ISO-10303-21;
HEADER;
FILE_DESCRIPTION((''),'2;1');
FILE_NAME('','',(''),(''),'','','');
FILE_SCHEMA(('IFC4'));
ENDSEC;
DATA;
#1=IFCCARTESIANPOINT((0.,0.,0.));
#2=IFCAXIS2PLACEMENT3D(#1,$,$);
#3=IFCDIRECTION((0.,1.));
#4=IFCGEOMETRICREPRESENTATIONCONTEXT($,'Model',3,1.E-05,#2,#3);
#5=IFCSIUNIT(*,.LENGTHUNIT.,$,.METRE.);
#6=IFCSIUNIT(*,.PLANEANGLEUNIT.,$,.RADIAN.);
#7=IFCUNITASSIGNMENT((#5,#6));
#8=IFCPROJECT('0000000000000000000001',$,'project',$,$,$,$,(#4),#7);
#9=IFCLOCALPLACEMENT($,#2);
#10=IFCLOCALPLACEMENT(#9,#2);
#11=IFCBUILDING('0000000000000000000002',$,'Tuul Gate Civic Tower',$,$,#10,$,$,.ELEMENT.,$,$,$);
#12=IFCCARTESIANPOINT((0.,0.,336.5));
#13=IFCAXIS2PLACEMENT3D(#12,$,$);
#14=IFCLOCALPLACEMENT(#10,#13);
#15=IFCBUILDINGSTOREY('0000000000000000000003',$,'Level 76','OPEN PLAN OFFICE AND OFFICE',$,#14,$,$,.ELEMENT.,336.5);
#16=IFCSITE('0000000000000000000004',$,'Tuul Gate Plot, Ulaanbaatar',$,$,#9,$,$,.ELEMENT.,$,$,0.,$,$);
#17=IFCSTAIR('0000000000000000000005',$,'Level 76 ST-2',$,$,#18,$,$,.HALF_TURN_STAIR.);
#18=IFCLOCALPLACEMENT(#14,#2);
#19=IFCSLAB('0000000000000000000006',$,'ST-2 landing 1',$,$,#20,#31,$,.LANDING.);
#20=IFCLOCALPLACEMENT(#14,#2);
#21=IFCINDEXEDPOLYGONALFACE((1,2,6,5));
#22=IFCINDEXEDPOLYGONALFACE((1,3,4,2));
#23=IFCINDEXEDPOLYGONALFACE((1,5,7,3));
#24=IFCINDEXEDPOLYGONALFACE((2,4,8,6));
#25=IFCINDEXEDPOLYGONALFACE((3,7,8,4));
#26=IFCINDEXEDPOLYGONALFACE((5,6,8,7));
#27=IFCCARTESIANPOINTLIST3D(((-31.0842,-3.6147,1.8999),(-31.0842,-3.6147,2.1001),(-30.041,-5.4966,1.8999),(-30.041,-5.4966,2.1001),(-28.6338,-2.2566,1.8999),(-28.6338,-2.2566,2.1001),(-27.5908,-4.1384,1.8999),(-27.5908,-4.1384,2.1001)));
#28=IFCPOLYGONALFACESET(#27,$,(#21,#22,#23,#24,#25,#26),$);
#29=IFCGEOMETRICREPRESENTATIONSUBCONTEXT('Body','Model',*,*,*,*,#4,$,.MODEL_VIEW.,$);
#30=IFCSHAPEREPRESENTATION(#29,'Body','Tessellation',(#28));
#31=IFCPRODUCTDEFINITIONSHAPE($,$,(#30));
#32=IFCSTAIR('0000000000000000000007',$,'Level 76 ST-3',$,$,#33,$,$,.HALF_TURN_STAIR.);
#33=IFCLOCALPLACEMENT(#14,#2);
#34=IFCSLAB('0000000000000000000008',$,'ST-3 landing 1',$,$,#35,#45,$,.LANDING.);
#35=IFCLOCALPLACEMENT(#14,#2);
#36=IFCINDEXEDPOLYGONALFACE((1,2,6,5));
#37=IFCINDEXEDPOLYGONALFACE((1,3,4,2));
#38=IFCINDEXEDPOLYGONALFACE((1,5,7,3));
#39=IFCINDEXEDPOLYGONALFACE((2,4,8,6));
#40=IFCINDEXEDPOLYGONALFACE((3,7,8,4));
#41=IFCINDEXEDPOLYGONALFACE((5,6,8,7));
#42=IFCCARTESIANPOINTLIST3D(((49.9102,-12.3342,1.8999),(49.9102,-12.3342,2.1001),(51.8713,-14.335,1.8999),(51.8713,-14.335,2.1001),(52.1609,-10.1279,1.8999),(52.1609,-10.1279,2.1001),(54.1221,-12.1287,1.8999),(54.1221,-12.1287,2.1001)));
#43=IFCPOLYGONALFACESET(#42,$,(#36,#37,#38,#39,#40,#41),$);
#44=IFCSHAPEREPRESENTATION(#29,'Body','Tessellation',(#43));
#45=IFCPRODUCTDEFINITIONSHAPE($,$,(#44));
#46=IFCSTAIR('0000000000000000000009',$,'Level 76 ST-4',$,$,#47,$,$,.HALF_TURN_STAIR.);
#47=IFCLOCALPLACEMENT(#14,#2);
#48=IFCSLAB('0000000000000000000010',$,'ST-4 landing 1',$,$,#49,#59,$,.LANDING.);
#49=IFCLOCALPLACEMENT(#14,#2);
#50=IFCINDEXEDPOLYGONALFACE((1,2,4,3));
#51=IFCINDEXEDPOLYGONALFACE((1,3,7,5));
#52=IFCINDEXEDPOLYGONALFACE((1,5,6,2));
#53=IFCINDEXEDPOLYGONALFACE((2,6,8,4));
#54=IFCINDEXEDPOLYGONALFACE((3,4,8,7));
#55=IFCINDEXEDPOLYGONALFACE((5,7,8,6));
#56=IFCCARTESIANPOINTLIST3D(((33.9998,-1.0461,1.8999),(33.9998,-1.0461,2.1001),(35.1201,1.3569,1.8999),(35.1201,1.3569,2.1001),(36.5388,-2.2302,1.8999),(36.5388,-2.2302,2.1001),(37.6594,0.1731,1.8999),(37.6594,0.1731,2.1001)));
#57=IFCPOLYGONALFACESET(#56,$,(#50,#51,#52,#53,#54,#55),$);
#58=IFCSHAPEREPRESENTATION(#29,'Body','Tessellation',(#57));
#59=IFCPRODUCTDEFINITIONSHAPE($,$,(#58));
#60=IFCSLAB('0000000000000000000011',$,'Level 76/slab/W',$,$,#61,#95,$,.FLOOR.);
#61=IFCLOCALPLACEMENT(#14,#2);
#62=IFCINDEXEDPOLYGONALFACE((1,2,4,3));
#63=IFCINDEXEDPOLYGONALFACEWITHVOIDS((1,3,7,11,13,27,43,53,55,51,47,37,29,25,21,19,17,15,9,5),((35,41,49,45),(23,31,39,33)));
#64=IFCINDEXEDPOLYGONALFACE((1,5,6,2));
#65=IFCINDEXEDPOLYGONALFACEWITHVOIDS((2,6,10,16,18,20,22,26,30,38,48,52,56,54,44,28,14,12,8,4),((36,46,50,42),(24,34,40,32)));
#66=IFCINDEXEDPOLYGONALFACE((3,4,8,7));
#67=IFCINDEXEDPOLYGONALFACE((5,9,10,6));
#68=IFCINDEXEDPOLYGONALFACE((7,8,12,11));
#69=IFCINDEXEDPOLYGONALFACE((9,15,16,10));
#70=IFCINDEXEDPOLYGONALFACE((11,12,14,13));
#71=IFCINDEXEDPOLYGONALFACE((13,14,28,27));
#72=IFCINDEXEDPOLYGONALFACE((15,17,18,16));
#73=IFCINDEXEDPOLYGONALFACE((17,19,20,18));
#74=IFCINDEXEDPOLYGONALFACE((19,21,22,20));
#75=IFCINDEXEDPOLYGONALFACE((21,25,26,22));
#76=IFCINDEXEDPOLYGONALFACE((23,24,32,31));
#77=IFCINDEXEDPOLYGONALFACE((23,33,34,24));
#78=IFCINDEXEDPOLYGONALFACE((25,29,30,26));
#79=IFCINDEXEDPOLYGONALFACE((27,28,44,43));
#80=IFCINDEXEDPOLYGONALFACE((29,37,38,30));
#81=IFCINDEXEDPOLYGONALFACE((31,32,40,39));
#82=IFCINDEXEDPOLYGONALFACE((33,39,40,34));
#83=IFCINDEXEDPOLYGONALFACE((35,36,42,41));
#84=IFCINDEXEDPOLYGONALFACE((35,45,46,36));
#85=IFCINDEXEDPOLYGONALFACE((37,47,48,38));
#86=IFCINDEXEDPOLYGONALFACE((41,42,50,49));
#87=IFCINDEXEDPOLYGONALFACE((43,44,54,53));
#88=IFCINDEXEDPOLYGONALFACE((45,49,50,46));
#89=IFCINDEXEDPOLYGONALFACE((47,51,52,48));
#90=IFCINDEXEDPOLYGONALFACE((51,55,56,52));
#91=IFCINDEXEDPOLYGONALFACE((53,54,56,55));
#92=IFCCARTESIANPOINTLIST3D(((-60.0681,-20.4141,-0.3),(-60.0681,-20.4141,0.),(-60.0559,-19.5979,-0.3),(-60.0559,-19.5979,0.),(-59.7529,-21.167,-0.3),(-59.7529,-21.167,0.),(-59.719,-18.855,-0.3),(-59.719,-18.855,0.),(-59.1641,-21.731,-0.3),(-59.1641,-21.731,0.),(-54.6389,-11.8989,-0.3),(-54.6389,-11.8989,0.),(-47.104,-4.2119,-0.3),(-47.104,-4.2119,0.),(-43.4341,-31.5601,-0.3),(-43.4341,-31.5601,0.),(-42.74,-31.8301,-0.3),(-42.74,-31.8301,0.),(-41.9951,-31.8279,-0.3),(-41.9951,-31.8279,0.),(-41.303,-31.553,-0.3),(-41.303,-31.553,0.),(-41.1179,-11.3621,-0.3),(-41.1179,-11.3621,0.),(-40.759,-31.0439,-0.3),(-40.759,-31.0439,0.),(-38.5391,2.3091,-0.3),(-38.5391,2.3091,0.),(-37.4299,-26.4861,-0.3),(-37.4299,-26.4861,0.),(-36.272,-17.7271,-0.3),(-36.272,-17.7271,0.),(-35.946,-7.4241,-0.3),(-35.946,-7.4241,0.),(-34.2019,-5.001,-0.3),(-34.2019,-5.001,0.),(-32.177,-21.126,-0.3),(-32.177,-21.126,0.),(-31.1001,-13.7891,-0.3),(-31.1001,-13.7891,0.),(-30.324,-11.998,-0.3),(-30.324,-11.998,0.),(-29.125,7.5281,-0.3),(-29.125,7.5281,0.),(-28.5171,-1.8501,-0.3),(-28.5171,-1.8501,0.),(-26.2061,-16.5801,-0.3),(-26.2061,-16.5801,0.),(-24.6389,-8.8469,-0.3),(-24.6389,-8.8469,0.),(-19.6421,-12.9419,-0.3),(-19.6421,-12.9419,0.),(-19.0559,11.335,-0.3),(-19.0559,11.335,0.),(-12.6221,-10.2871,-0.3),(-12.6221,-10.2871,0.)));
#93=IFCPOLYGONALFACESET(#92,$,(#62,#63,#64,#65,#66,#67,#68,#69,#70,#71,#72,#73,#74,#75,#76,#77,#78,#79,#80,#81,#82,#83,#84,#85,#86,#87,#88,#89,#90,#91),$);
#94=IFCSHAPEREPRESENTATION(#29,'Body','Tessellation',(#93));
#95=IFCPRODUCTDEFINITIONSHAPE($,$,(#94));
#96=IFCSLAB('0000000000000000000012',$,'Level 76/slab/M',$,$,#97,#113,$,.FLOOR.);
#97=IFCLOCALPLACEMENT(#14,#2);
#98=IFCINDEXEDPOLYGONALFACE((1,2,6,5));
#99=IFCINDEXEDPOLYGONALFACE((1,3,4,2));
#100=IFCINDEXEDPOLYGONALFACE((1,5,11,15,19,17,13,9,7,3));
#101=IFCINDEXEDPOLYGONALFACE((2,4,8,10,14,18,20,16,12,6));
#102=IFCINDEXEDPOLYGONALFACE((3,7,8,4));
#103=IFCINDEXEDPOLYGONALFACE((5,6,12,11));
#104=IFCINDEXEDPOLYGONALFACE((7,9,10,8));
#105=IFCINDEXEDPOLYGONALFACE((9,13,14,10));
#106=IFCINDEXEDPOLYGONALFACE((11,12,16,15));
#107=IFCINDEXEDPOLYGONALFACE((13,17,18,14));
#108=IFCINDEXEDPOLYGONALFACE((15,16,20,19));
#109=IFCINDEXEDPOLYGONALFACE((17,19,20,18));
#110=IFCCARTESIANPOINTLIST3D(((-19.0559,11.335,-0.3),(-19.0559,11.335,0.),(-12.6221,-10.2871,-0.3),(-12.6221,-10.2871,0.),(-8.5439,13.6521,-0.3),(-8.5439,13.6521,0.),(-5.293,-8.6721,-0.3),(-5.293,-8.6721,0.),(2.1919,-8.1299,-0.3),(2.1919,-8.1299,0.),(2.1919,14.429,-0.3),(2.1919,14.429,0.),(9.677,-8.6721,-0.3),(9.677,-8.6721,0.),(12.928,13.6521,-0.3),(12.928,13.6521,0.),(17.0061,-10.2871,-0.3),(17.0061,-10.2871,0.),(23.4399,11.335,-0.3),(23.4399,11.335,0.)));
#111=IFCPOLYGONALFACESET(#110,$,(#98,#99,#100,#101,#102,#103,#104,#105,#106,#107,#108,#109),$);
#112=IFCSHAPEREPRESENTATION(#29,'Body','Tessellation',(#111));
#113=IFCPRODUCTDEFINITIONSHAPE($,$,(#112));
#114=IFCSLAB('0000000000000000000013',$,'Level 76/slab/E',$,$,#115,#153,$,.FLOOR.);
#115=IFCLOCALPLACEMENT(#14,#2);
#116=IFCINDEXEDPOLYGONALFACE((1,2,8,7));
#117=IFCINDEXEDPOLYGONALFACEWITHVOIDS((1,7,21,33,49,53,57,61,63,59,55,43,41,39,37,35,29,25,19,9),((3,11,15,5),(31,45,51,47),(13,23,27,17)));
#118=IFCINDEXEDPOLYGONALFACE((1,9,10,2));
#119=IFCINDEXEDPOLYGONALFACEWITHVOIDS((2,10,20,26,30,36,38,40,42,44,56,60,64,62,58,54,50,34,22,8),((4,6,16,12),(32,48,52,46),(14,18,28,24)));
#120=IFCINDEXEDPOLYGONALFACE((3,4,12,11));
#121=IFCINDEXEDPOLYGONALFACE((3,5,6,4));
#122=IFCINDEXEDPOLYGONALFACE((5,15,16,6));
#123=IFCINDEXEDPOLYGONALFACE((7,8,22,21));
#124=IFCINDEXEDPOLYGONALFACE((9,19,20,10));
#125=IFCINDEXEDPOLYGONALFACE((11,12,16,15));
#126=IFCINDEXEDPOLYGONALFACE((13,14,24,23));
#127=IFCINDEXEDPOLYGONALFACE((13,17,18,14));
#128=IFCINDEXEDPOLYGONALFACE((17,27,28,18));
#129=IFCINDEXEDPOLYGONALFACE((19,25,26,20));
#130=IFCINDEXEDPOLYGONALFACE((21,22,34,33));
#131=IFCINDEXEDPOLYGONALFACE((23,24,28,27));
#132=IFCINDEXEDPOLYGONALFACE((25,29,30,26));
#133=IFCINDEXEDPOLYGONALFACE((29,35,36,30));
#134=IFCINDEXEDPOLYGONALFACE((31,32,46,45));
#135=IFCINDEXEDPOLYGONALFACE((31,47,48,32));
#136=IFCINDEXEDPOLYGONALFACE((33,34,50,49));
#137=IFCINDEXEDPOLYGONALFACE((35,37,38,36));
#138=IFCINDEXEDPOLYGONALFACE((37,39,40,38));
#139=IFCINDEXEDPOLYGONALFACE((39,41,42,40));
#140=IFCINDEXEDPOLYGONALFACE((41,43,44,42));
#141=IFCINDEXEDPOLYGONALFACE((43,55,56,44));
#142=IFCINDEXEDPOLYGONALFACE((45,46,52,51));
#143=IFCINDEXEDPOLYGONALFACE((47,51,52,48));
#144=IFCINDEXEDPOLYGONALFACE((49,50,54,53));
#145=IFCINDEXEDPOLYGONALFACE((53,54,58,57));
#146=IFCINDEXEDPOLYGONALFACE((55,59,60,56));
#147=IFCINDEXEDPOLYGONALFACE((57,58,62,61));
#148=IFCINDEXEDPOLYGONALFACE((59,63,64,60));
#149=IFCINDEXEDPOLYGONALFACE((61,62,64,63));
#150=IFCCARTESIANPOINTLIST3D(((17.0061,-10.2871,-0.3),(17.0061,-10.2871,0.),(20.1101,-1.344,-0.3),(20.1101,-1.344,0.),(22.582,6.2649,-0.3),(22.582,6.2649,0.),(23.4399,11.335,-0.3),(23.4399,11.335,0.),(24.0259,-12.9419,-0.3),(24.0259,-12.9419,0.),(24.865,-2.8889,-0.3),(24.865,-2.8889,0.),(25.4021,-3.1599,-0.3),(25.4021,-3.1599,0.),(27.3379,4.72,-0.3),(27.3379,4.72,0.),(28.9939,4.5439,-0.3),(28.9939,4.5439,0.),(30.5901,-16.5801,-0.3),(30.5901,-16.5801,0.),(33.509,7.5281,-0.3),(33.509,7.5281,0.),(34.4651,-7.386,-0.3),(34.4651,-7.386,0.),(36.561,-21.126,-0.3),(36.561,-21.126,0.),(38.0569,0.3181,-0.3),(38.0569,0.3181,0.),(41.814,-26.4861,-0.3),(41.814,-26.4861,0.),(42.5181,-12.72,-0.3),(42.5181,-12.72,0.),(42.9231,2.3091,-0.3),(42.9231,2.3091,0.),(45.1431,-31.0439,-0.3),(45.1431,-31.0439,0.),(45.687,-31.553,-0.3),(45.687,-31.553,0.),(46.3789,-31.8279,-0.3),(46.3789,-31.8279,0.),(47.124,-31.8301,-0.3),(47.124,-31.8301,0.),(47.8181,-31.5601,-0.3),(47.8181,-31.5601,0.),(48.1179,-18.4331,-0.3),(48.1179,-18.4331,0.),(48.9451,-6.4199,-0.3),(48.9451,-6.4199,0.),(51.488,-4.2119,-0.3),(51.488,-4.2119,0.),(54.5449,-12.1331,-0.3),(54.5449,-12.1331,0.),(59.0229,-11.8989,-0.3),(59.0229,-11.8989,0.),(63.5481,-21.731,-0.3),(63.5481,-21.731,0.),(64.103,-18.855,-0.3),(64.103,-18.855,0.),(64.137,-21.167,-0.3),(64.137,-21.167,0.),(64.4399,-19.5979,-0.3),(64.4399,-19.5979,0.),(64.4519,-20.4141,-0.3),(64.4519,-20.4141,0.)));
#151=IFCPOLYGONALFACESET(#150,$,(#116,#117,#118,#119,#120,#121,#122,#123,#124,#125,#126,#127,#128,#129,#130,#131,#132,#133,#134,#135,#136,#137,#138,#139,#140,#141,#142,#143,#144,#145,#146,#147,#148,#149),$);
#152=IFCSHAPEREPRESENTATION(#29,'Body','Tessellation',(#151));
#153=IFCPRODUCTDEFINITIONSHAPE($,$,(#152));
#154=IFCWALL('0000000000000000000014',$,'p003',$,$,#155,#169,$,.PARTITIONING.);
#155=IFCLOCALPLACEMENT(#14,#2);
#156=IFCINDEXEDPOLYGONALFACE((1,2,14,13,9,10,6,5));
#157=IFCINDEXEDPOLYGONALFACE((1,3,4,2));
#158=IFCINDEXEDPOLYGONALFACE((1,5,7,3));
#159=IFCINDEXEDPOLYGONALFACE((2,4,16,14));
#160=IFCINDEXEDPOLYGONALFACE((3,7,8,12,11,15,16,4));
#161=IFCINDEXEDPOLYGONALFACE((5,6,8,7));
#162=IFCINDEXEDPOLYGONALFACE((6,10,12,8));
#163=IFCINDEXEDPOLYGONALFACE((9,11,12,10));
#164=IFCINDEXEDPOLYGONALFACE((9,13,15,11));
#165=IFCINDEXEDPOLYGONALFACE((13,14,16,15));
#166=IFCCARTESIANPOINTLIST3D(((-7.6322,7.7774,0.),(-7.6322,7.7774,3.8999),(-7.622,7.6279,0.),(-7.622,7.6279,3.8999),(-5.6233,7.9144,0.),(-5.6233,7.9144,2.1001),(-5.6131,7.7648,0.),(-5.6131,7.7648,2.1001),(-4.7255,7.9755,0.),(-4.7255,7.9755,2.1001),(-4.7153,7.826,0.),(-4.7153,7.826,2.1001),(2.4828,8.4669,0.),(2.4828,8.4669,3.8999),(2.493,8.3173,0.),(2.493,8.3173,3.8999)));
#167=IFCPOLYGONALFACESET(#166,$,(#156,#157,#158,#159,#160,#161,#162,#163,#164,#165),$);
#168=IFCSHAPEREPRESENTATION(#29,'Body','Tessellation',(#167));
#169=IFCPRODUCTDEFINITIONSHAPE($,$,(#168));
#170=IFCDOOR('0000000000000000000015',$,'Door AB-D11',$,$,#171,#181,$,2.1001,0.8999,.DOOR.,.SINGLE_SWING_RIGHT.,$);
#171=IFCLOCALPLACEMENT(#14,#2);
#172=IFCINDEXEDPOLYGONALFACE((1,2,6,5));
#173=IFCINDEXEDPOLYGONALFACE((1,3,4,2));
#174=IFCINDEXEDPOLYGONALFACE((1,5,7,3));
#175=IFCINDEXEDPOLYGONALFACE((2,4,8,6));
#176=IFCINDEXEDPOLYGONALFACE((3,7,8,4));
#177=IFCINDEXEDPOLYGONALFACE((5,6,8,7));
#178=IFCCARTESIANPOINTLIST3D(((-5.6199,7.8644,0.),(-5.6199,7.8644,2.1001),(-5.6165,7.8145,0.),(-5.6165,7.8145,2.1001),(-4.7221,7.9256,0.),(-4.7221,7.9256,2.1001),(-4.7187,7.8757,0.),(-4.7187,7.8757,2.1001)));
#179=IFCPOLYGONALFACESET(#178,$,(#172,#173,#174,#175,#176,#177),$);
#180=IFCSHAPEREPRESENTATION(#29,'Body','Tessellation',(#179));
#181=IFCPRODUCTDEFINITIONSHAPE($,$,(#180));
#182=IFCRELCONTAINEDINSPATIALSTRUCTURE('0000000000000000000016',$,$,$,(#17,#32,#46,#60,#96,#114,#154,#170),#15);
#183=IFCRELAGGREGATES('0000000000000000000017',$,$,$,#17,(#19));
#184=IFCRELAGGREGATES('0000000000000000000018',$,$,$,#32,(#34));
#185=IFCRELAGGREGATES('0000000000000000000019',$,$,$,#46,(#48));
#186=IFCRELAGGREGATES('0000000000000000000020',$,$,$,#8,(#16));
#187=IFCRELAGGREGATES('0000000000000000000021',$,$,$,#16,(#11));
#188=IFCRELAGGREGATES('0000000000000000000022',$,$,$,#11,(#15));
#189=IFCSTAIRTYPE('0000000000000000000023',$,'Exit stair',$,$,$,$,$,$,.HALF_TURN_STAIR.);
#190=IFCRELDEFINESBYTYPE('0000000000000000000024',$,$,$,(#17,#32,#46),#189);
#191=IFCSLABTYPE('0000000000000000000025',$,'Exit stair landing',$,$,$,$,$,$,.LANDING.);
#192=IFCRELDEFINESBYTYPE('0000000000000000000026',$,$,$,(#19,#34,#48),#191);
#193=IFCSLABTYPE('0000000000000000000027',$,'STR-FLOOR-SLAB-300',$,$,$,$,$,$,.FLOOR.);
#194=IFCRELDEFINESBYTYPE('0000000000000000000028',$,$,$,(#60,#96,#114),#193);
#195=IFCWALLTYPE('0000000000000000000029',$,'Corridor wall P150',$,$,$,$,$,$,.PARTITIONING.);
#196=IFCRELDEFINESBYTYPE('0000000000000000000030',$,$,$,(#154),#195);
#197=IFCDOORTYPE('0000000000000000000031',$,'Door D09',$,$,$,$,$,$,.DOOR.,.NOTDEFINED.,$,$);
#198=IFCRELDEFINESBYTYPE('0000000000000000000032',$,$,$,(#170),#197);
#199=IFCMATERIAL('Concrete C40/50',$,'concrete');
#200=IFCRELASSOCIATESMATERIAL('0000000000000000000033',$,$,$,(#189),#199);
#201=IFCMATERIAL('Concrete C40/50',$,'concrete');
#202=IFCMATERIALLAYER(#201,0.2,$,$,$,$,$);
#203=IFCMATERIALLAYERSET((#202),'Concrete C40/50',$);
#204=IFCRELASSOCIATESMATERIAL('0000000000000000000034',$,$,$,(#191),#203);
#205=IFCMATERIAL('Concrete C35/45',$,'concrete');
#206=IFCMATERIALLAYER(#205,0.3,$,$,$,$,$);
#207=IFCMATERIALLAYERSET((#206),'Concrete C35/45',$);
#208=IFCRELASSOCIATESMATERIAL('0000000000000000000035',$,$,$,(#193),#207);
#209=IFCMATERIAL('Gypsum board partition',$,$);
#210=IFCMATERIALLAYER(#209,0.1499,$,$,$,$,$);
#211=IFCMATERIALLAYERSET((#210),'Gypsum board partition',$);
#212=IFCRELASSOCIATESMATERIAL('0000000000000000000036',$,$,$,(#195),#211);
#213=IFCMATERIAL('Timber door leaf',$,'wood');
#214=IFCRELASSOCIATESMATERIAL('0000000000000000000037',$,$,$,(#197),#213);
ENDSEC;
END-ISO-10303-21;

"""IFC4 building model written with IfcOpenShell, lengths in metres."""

from ifc_helpers import new_model, si_unit, direction, frame, frame_2d, origin, place, context, subcontext, project, spatial, polyline, rectangle, outline, extrude, material, layer, layer_set, type_object, element, fill, aggregate, save


model = new_model("IFC4")

# Units and contexts
model_context = context("Model", 3, precision=1e-05, world=origin(), true_north=direction((0.0, 1.0)))
body_context = subcontext(model_context, "Body", "Model", "MODEL_VIEW")
ifc_project = project(units=[si_unit("LENGTHUNIT", "METRE"), si_unit("PLANEANGLEUNIT", "RADIAN")], contexts=[model_context])

# Site, building, storey
site_placement = place(None, origin())
site = spatial("IfcSite", under=ifc_project, at=site_placement, Name="Tuul Gate Plot, Ulaanbaatar", CompositionType="ELEMENT", RefElevation=0.0)
building_placement = place(site_placement, origin())
building = spatial("IfcBuilding", under=site, at=building_placement, Name="Tuul Gate Civic Tower", CompositionType="ELEMENT")
storey_placement = place(building_placement, frame((0.0, 0.0, 336.5)))
storey = spatial("IfcBuildingStorey", under=building, at=storey_placement, Name="Level 76", Description="OPEN PLAN OFFICE AND OFFICE", CompositionType="ELEMENT", Elevation=336.5)

# Stairs, slabs
ifc_material_1 = material(Name="Concrete C40/50", Category="concrete")
stair_type = type_object("IfcStairType", Name="Exit stair", PredefinedType="HALF_TURN_STAIR", material=ifc_material_1)
ifc_material_2 = material(Name="Concrete C40/50", Category="concrete")
ifc_layer_1 = layer(ifc_material_2, 0.2)
ifc_layer_set_1 = layer_set([ifc_layer_1], Name="Concrete C40/50")
slab_type_1 = type_object("IfcSlabType", Name="Exit stair landing", PredefinedType="LANDING", material=ifc_layer_set_1)
stair_1_placement = place(storey_placement, origin())
stair_1 = element("IfcStair", 1, at=stair_1_placement, inside=storey, type_object=stair_type, Name="Level 76 ST-2", PredefinedType="HALF_TURN_STAIR")
slab_1_placement = place(storey_placement, frame((0.0, 0.0, 1.8999)))
slab_1 = element("IfcSlab", 2, at=slab_1_placement, type_object=slab_type_1, Name="ST-2 landing 1", PredefinedType="LANDING", context=body_context, shape_type="SweptSolid", body=[
    extrude(outline(polyline([(-27.5908, -4.1384), (-30.041, -5.4966), (-31.0842, -3.6147), (-28.6338, -2.2566), (-27.5908, -4.1384)])), origin(), (0.0, 0.0, 1.0), 0.2002),
])
aggregate(stair_1, [slab_1])
stair_2_placement = place(storey_placement, origin())
stair_2 = element("IfcStair", 3, at=stair_2_placement, inside=storey, type_object=stair_type, Name="Level 76 ST-3", PredefinedType="HALF_TURN_STAIR")
slab_2_placement = place(storey_placement, frame((0.0, 0.0, 1.8999)))
slab_2 = element("IfcSlab", 4, at=slab_2_placement, type_object=slab_type_1, Name="ST-3 landing 1", PredefinedType="LANDING", context=body_context, shape_type="SweptSolid", body=[
    extrude(outline(polyline([(51.8713, -14.335), (49.9102, -12.3342), (52.1609, -10.1279), (54.1221, -12.1287), (51.8713, -14.335)])), origin(), (0.0, 0.0, 1.0), 0.2002),
])
aggregate(stair_2, [slab_2])
stair_3_placement = place(storey_placement, origin())
stair_3 = element("IfcStair", 5, at=stair_3_placement, inside=storey, type_object=stair_type, Name="Level 76 ST-4", PredefinedType="HALF_TURN_STAIR")
slab_3_placement = place(storey_placement, frame((0.0, 0.0, 1.8999)))
slab_3 = element("IfcSlab", 6, at=slab_3_placement, type_object=slab_type_1, Name="ST-4 landing 1", PredefinedType="LANDING", context=body_context, shape_type="SweptSolid", body=[
    extrude(outline(polyline([(36.5388, -2.2302), (33.9998, -1.0461), (35.1201, 1.3569), (37.6594, 0.1731), (36.5388, -2.2302)])), origin(), (0.0, 0.0, 1.0), 0.2002),
])
aggregate(stair_3, [slab_3])

# Slabs
ifc_material_3 = material(Name="Concrete C35/45", Category="concrete")
ifc_layer_2 = layer(ifc_material_3, 0.3)
ifc_layer_set_2 = layer_set([ifc_layer_2], Name="Concrete C35/45")
slab_type_2 = type_object("IfcSlabType", Name="STR-FLOOR-SLAB-300", PredefinedType="FLOOR", material=ifc_layer_set_2)
slab_4_placement = place(storey_placement, frame((0.0, 0.0, -0.3)))
element("IfcSlab", 7, at=slab_4_placement, inside=storey, type_object=slab_type_2, Name="Level 76/slab/W", PredefinedType="FLOOR", context=body_context, shape_type="SweptSolid", body=[
    extrude(outline(polyline([(-19.6421, -12.9419), (-12.6221, -10.2871), (-19.0559, 11.335), (-29.125, 7.5281), (-38.5391, 2.3091), (-47.104, -4.2119), (-54.6389, -11.8989), (-59.719, -18.855), (-60.0559, -19.5979), (-60.0681, -20.4141), (-59.7529, -21.167), (-59.1641, -21.731), (-43.4341, -31.5601), (-42.74, -31.8301), (-41.9951, -31.8279), (-41.303, -31.553), (-40.759, -31.0439), (-37.4299, -26.4861), (-32.177, -21.126), (-26.2061, -16.5801), (-19.6421, -12.9419)]), holes=[polyline([(-31.1001, -13.7891), (-36.272, -17.7271), (-41.1179, -11.3621), (-35.946, -7.4241), (-31.1001, -13.7891)]), polyline([(-24.6389, -8.8469), (-30.324, -11.998), (-34.2019, -5.001), (-28.5171, -1.8501), (-24.6389, -8.8469)])]), origin(), (0.0, 0.0, 1.0), 0.3),
])
slab_5_placement = place(storey_placement, frame((0.0, 0.0, -0.3)))
element("IfcSlab", 8, at=slab_5_placement, inside=storey, type_object=slab_type_2, Name="Level 76/slab/M", PredefinedType="FLOOR", context=body_context, shape_type="SweptSolid", body=[
    extrude(outline(polyline([(17.0061, -10.2871), (23.4399, 11.335), (12.928, 13.6521), (2.1919, 14.429), (-8.5439, 13.6521), (-19.0559, 11.335), (-12.6221, -10.2871), (-5.293, -8.6721), (2.1919, -8.1299), (9.677, -8.6721), (17.0061, -10.2871)])), origin(), (0.0, 0.0, 1.0), 0.3),
])
slab_6_placement = place(storey_placement, frame((0.0, 0.0, -0.3)))
element("IfcSlab", 9, at=slab_6_placement, inside=storey, type_object=slab_type_2, Name="Level 76/slab/E", PredefinedType="FLOOR", context=body_context, shape_type="SweptSolid", body=[
    extrude(outline(polyline([(47.124, -31.8301), (47.8181, -31.5601), (63.5481, -21.731), (64.137, -21.167), (64.4519, -20.4141), (64.4399, -19.5979), (64.103, -18.855), (59.0229, -11.8989), (51.488, -4.2119), (42.9231, 2.3091), (33.509, 7.5281), (23.4399, 11.335), (17.0061, -10.2871), (24.0259, -12.9419), (30.5901, -16.5801), (36.561, -21.126), (41.814, -26.4861), (45.1431, -31.0439), (45.687, -31.553), (46.3789, -31.8279), (47.124, -31.8301)]), holes=[polyline([(48.1179, -18.4331), (42.5181, -12.72), (48.9451, -6.4199), (54.5449, -12.1331), (48.1179, -18.4331)]), polyline([(25.4021, -3.1599), (28.9939, 4.5439), (38.0569, 0.3181), (34.4651, -7.386), (25.4021, -3.1599)]), polyline([(20.1101, -1.344), (22.582, 6.2649), (27.3379, 4.72), (24.865, -2.8889), (20.1101, -1.344)])]), origin(), (0.0, 0.0, 1.0), 0.3),
])

# Wall, opening, door
ifc_material_4 = material(Name="Gypsum board partition")
ifc_layer_3 = layer(ifc_material_4, 0.1499)
ifc_layer_set_3 = layer_set([ifc_layer_3], Name="Gypsum board partition")
wall_type_1 = type_object("IfcWallType", Name="Corridor wall P150", PredefinedType="PARTITIONING", material=ifc_layer_set_3)
wall_1_placement = place(storey_placement, frame((-7.6272, 7.7026, 0.0), z_axis=(0.0, 0.0, 1.0), x_axis=(0.997685, 0.068004, 0.0)))
wall_1 = element("IfcWall", 10, at=wall_1_placement, inside=storey, type_object=wall_type_1, Name="p003", PredefinedType="PARTITIONING", context=body_context, shape_type="SweptSolid", body=[
    extrude(rectangle(XDim=10.1384, YDim=0.1499, at=frame_2d((5.0693, 0.0))), origin(), (0.0, 0.0, 1.0), 3.8999),
])
opening_placement = place(wall_1_placement, frame((2.0137, 0.0, 0.0)))
opening = element("IfcOpeningElement", 11, at=opening_placement, cuts=wall_1, PredefinedType="OPENING", context=body_context, shape_type="SweptSolid", body=[
    extrude(rectangle(XDim=0.8999, YDim=2.1001, at=frame_2d((0.45, 1.05))), frame((0.0, 0.085, 0.0), z_axis=(0.0, -1.0, 0.0), x_axis=(1.0, 0.0, 0.0)), (0.0, 0.0, 1.0), 0.1699),
])
ifc_material_5 = material(Name="Timber door leaf", Category="wood")
door_type = type_object("IfcDoorType", Name="Door D09", OperationType="NOTDEFINED", PredefinedType="DOOR", material=ifc_material_5)
door_placement = place(opening_placement, origin())
door = element("IfcDoor", 12, at=door_placement, inside=storey, type_object=door_type, Name="Door AB-D11", OperationType="SINGLE_SWING_RIGHT", OverallHeight=2.1001, OverallWidth=0.8999, PredefinedType="DOOR", context=body_context, shape_type="SweptSolid", body=[
    extrude(rectangle(XDim=0.8999, YDim=2.1001, at=frame_2d((0.45, 1.05))), frame((0.0, 0.0249, 0.0), z_axis=(0.0, -1.0, 0.0), x_axis=(1.0, 0.0, 0.0)), (0.0, 0.0, 1.0), 0.05),
])
fill(opening, door)

save(model, "model.ifc")
